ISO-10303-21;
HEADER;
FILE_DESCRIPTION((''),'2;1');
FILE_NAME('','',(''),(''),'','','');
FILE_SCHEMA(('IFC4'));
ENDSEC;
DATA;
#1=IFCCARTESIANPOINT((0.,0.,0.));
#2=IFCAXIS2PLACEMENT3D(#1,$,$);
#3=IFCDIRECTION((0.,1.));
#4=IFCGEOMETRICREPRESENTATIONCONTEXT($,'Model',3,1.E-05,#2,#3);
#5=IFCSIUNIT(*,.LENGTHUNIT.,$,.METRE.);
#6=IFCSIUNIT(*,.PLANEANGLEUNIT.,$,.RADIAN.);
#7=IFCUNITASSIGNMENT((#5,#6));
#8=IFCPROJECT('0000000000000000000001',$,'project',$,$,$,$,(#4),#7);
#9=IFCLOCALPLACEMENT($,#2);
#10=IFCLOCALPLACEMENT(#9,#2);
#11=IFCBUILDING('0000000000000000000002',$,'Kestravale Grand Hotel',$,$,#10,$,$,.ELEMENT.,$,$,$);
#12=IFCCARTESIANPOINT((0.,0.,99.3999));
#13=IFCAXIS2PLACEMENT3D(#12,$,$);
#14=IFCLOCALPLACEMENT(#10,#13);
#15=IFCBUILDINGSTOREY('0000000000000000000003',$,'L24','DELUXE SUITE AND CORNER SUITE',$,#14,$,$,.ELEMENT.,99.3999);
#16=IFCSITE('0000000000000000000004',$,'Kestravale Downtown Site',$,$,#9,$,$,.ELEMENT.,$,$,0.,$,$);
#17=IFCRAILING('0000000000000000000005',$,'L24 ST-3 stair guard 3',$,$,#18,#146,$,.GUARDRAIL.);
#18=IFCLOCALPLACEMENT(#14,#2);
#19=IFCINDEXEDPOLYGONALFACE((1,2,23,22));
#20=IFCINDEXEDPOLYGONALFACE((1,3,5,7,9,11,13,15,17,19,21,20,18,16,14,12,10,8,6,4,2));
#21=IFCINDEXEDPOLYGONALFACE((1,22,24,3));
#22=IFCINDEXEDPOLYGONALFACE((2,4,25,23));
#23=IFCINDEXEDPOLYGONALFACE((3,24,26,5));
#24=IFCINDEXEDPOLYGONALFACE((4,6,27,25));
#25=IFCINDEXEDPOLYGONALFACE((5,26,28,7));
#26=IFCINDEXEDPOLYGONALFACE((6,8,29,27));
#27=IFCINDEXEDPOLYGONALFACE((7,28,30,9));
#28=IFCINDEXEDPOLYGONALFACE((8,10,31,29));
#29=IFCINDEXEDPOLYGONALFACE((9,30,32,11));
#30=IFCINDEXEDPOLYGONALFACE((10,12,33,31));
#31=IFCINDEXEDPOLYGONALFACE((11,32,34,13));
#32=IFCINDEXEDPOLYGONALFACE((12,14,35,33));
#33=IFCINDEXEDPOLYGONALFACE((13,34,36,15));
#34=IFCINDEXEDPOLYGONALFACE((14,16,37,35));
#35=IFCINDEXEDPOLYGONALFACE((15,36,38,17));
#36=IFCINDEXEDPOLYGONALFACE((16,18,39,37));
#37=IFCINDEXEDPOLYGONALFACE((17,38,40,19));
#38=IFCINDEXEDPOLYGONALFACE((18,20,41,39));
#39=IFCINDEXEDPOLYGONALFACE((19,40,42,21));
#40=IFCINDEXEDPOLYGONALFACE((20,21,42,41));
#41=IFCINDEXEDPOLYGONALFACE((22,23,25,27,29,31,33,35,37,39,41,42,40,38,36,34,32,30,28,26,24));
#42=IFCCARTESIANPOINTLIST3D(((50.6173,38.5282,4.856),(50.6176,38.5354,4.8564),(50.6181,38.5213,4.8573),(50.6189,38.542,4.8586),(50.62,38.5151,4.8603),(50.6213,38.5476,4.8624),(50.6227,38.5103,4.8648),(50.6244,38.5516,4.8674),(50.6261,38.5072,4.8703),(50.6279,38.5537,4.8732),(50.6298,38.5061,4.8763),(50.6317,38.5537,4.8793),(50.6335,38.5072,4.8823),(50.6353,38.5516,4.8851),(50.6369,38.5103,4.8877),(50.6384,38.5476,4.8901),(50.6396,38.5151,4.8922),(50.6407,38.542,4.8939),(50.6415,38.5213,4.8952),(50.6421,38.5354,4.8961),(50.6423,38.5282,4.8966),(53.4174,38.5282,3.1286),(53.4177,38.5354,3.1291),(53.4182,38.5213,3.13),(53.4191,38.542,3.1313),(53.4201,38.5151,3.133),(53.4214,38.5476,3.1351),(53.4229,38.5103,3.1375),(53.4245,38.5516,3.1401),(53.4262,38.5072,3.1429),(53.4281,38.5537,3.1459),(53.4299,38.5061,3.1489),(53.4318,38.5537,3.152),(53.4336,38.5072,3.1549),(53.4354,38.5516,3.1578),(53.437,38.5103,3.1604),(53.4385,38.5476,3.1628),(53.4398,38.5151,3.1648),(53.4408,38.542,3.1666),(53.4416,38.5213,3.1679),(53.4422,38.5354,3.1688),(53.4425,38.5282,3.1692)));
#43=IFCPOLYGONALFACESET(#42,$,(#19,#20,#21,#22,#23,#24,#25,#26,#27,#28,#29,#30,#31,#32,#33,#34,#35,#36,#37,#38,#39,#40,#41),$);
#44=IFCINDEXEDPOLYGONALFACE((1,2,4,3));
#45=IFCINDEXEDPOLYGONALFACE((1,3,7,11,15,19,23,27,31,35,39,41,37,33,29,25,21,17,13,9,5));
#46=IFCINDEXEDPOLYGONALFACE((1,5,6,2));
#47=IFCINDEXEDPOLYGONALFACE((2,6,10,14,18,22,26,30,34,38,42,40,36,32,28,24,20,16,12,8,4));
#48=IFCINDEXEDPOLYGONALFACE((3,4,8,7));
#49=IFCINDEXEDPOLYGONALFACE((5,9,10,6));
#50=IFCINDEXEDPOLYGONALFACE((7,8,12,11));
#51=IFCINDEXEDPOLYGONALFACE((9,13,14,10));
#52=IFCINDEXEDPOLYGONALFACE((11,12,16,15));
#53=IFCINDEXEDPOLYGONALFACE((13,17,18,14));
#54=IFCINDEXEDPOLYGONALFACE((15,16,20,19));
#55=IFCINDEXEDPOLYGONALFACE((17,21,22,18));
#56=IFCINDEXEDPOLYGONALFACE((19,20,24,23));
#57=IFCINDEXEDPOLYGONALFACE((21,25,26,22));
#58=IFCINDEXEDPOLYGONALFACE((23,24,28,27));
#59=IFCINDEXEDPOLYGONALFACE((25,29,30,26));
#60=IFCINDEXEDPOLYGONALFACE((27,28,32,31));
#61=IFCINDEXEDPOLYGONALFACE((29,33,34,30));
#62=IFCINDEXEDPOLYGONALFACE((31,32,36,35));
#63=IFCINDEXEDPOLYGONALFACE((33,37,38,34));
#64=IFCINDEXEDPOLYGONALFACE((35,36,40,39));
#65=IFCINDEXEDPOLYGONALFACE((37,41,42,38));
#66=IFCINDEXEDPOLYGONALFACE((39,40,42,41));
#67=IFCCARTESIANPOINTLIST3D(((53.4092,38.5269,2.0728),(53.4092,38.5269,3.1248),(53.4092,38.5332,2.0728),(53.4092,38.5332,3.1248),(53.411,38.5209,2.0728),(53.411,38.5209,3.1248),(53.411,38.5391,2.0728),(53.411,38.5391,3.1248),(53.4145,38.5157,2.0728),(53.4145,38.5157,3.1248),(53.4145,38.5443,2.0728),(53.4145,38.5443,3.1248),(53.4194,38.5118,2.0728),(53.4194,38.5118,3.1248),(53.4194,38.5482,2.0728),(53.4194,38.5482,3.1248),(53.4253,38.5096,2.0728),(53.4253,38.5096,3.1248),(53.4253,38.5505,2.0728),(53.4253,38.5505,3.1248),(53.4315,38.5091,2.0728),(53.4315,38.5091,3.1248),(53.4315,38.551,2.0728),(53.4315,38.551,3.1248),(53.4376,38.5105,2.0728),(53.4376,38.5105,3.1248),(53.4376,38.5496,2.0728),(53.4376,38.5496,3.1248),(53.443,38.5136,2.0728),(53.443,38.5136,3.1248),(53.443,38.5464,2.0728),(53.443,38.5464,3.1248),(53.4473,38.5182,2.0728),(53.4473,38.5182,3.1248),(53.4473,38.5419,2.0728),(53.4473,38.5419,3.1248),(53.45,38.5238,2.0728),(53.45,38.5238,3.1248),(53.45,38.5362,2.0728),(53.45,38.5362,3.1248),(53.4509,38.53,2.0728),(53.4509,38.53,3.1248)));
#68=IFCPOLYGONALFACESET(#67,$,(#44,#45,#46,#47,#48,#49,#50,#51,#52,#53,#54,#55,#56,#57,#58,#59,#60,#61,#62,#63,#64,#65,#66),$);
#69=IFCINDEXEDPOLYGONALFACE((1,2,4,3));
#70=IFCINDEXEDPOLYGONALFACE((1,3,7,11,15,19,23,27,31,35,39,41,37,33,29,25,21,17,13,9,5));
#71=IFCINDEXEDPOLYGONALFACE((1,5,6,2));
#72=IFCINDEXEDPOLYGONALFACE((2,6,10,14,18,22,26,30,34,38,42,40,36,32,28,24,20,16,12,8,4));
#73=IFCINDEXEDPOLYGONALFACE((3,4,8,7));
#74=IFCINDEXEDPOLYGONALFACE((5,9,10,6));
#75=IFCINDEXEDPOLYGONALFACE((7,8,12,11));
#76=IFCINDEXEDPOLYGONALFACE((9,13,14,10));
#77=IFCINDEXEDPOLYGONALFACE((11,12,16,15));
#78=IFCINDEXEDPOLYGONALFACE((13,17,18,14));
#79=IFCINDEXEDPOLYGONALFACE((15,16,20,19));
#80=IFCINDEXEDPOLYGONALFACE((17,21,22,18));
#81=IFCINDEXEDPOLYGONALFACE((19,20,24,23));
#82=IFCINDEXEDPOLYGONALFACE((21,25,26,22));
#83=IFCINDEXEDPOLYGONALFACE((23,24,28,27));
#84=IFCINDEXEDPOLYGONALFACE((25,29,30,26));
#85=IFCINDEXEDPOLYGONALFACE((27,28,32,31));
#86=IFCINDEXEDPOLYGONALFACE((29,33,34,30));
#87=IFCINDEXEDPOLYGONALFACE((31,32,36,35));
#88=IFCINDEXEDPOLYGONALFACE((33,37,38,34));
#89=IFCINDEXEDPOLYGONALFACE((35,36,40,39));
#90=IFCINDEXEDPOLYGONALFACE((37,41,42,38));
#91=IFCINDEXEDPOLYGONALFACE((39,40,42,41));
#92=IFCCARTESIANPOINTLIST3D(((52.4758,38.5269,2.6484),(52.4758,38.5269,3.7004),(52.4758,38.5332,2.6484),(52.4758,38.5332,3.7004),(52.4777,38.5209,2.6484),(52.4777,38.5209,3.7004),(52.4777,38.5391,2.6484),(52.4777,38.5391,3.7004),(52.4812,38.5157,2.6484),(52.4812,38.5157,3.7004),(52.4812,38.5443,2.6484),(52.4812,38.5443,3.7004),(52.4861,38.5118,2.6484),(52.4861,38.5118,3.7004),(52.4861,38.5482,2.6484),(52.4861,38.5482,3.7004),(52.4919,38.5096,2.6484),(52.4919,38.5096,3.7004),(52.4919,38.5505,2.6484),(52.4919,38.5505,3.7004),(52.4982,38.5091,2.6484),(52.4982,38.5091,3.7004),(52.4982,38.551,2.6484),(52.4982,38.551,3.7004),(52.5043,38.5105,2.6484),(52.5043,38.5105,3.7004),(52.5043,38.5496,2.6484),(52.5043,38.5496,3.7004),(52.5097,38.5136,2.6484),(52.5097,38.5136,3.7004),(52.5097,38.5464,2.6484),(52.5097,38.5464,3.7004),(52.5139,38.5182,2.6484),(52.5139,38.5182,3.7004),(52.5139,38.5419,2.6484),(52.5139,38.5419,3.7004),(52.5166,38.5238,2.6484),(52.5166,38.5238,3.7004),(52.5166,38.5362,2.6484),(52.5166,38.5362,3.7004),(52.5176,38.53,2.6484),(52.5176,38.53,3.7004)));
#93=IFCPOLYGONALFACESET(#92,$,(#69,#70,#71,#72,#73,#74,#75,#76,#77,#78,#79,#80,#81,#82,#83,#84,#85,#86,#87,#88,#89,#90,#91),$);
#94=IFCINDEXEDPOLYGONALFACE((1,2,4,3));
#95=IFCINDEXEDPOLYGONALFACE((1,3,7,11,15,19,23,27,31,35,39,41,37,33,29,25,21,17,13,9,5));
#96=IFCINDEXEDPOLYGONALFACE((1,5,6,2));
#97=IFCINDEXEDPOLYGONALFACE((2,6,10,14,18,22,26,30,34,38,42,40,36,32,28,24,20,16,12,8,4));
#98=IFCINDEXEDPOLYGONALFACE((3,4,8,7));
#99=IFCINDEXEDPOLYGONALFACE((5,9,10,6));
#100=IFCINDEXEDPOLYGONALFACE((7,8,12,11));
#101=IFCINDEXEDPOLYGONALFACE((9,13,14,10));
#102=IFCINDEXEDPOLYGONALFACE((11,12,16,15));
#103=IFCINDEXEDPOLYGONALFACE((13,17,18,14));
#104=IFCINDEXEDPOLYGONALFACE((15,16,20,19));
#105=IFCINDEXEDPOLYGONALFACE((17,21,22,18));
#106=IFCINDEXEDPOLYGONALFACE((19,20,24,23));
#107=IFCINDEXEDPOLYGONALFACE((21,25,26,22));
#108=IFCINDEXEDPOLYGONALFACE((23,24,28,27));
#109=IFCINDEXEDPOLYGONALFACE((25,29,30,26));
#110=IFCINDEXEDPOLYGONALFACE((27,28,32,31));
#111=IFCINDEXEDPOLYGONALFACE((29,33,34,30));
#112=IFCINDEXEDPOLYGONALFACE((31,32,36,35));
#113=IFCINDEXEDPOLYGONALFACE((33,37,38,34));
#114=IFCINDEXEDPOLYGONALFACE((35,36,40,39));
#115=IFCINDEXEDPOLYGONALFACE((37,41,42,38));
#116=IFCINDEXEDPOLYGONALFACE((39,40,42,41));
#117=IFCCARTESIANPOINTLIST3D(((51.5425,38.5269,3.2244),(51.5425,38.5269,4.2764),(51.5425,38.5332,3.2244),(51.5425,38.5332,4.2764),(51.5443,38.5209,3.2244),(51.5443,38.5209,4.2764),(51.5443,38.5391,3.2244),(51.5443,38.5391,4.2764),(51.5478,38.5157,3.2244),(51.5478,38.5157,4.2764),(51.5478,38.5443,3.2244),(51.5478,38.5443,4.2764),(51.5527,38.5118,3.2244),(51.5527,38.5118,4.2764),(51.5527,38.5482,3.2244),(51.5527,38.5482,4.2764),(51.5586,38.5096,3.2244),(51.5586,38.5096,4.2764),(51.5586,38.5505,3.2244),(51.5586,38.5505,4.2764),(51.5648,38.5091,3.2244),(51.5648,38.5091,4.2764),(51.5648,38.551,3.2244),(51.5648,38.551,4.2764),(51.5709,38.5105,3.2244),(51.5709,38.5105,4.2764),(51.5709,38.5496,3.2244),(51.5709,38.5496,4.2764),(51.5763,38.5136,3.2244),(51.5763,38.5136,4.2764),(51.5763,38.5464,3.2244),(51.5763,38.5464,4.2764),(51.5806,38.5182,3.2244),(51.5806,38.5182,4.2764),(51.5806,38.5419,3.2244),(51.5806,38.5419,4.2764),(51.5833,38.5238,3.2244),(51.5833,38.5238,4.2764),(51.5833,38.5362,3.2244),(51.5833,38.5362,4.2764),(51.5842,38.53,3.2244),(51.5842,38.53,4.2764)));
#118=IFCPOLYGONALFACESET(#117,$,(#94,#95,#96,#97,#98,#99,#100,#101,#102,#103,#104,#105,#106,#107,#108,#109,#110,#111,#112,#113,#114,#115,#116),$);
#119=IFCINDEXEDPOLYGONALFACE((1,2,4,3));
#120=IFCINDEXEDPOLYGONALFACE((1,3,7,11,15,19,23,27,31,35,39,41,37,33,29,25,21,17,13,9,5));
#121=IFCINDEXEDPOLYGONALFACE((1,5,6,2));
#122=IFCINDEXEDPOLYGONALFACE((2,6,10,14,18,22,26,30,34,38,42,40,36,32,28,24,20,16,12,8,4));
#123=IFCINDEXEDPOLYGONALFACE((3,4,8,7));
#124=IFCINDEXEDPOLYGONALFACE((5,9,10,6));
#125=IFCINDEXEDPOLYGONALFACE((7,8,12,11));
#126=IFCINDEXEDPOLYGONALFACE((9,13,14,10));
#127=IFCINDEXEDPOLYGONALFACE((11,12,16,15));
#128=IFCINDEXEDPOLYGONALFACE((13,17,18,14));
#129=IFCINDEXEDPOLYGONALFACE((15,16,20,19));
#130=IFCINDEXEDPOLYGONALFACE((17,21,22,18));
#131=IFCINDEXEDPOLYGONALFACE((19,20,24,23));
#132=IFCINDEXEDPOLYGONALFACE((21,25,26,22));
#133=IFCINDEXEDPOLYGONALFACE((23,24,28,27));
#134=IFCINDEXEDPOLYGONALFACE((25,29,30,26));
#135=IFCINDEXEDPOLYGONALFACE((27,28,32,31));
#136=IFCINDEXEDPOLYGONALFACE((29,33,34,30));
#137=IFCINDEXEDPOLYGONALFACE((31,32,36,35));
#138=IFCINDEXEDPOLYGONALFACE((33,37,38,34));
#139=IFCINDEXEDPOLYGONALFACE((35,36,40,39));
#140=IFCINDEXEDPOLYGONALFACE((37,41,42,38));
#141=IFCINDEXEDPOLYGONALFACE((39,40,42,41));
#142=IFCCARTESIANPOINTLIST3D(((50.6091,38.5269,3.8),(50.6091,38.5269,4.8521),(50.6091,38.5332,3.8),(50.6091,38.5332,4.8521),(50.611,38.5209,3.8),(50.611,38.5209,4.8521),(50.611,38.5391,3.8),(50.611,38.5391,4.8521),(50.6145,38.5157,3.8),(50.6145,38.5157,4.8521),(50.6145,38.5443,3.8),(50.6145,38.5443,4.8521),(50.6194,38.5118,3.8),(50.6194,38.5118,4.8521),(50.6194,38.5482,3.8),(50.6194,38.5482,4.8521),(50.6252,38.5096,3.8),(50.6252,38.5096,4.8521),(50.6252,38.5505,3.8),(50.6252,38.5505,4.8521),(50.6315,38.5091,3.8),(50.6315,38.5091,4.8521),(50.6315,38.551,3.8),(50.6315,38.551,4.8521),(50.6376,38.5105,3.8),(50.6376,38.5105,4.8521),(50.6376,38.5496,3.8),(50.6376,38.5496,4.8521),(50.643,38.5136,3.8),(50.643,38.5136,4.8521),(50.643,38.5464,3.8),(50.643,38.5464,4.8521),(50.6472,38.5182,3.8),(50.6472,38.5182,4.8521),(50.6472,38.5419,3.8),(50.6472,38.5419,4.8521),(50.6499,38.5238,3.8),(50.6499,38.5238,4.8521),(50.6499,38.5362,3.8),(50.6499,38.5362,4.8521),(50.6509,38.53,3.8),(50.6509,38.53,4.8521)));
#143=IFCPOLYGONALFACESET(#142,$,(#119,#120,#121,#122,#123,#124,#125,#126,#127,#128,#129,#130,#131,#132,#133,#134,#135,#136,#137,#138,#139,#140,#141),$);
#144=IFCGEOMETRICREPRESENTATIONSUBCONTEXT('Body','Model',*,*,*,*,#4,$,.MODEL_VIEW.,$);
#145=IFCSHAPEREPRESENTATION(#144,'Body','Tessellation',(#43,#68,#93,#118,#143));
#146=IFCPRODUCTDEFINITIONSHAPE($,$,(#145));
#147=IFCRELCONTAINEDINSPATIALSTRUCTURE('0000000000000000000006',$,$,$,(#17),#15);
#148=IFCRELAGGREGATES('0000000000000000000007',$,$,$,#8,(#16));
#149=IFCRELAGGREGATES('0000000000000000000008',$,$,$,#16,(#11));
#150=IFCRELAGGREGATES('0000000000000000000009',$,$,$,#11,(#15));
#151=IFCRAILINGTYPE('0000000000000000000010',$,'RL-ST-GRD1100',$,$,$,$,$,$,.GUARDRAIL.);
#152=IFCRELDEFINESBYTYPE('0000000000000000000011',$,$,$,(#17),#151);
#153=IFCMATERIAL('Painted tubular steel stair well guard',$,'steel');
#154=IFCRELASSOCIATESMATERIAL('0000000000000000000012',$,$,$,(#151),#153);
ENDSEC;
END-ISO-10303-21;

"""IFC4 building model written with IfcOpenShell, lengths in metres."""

from ifc_helpers import new_model, si_unit, direction, frame, origin, origin_2d, place, context, subcontext, project, spatial, circle, extrude, material, type_object, element, save


model = new_model("IFC4")

# Units and contexts
model_context = context("Model", 3, precision=1e-05, world=origin(), true_north=direction((0.0, 1.0)))
body_context = subcontext(model_context, "Body", "Model", "MODEL_VIEW")
ifc_project = project(units=[si_unit("LENGTHUNIT", "METRE"), si_unit("PLANEANGLEUNIT", "RADIAN")], contexts=[model_context])

# Site, building, storey
site_placement = place(None, origin())
site = spatial("IfcSite", under=ifc_project, at=site_placement, Name="Kestravale Downtown Site", CompositionType="ELEMENT", RefElevation=0.0)
building_placement = place(site_placement, origin())
building = spatial("IfcBuilding", under=site, at=building_placement, Name="Kestravale Grand Hotel", CompositionType="ELEMENT")
storey_placement = place(building_placement, frame((0.0, 0.0, 99.3999)))
storey = spatial("IfcBuildingStorey", under=building, at=storey_placement, Name="L24", Description="DELUXE SUITE AND CORNER SUITE", CompositionType="ELEMENT", Elevation=99.3999)

# Railing
ifc_material_1 = material(Name="Painted tubular steel stair well guard", Category="steel")
railing_type_1 = type_object("IfcRailingType", Name="RL-ST-GRD1100", PredefinedType="GUARDRAIL", material=ifc_material_1)
railing_1_placement = place(storey_placement, frame((53.4299, 38.53, 2.0728)))
element("IfcRailing", 1, at=railing_1_placement, inside=storey, type_object=railing_type_1, Name="L24 ST-3 stair guard 3", PredefinedType="GUARDRAIL", context=body_context, shape_type="SweptSolid", body=[
    extrude(circle(Radius=0.0239, at=origin_2d()), frame((0.0, 0.0, 1.0762), z_axis=(-0.85109, 0.0, 0.52502), x_axis=(0.0, -1.0, 0.0)), (0.0, 0.0, 1.0), 3.29),
    extrude(circle(Radius=0.021, at=origin_2d()), origin(), (0.0, 0.0, 1.0), 1.052),
    extrude(circle(Radius=0.021, at=origin_2d()), frame((-0.9333, 0.0, 0.5757)), (0.0, 0.0, 1.0), 1.052),
    extrude(circle(Radius=0.021, at=origin_2d()), frame((-1.8667, 0.0, 1.1516)), (0.0, 0.0, 1.0), 1.052),
    extrude(circle(Radius=0.021, at=origin_2d()), frame((-2.8, 0.0, 1.7273)), (0.0, 0.0, 1.0), 1.052),
])

save(model, "model.ifc")
